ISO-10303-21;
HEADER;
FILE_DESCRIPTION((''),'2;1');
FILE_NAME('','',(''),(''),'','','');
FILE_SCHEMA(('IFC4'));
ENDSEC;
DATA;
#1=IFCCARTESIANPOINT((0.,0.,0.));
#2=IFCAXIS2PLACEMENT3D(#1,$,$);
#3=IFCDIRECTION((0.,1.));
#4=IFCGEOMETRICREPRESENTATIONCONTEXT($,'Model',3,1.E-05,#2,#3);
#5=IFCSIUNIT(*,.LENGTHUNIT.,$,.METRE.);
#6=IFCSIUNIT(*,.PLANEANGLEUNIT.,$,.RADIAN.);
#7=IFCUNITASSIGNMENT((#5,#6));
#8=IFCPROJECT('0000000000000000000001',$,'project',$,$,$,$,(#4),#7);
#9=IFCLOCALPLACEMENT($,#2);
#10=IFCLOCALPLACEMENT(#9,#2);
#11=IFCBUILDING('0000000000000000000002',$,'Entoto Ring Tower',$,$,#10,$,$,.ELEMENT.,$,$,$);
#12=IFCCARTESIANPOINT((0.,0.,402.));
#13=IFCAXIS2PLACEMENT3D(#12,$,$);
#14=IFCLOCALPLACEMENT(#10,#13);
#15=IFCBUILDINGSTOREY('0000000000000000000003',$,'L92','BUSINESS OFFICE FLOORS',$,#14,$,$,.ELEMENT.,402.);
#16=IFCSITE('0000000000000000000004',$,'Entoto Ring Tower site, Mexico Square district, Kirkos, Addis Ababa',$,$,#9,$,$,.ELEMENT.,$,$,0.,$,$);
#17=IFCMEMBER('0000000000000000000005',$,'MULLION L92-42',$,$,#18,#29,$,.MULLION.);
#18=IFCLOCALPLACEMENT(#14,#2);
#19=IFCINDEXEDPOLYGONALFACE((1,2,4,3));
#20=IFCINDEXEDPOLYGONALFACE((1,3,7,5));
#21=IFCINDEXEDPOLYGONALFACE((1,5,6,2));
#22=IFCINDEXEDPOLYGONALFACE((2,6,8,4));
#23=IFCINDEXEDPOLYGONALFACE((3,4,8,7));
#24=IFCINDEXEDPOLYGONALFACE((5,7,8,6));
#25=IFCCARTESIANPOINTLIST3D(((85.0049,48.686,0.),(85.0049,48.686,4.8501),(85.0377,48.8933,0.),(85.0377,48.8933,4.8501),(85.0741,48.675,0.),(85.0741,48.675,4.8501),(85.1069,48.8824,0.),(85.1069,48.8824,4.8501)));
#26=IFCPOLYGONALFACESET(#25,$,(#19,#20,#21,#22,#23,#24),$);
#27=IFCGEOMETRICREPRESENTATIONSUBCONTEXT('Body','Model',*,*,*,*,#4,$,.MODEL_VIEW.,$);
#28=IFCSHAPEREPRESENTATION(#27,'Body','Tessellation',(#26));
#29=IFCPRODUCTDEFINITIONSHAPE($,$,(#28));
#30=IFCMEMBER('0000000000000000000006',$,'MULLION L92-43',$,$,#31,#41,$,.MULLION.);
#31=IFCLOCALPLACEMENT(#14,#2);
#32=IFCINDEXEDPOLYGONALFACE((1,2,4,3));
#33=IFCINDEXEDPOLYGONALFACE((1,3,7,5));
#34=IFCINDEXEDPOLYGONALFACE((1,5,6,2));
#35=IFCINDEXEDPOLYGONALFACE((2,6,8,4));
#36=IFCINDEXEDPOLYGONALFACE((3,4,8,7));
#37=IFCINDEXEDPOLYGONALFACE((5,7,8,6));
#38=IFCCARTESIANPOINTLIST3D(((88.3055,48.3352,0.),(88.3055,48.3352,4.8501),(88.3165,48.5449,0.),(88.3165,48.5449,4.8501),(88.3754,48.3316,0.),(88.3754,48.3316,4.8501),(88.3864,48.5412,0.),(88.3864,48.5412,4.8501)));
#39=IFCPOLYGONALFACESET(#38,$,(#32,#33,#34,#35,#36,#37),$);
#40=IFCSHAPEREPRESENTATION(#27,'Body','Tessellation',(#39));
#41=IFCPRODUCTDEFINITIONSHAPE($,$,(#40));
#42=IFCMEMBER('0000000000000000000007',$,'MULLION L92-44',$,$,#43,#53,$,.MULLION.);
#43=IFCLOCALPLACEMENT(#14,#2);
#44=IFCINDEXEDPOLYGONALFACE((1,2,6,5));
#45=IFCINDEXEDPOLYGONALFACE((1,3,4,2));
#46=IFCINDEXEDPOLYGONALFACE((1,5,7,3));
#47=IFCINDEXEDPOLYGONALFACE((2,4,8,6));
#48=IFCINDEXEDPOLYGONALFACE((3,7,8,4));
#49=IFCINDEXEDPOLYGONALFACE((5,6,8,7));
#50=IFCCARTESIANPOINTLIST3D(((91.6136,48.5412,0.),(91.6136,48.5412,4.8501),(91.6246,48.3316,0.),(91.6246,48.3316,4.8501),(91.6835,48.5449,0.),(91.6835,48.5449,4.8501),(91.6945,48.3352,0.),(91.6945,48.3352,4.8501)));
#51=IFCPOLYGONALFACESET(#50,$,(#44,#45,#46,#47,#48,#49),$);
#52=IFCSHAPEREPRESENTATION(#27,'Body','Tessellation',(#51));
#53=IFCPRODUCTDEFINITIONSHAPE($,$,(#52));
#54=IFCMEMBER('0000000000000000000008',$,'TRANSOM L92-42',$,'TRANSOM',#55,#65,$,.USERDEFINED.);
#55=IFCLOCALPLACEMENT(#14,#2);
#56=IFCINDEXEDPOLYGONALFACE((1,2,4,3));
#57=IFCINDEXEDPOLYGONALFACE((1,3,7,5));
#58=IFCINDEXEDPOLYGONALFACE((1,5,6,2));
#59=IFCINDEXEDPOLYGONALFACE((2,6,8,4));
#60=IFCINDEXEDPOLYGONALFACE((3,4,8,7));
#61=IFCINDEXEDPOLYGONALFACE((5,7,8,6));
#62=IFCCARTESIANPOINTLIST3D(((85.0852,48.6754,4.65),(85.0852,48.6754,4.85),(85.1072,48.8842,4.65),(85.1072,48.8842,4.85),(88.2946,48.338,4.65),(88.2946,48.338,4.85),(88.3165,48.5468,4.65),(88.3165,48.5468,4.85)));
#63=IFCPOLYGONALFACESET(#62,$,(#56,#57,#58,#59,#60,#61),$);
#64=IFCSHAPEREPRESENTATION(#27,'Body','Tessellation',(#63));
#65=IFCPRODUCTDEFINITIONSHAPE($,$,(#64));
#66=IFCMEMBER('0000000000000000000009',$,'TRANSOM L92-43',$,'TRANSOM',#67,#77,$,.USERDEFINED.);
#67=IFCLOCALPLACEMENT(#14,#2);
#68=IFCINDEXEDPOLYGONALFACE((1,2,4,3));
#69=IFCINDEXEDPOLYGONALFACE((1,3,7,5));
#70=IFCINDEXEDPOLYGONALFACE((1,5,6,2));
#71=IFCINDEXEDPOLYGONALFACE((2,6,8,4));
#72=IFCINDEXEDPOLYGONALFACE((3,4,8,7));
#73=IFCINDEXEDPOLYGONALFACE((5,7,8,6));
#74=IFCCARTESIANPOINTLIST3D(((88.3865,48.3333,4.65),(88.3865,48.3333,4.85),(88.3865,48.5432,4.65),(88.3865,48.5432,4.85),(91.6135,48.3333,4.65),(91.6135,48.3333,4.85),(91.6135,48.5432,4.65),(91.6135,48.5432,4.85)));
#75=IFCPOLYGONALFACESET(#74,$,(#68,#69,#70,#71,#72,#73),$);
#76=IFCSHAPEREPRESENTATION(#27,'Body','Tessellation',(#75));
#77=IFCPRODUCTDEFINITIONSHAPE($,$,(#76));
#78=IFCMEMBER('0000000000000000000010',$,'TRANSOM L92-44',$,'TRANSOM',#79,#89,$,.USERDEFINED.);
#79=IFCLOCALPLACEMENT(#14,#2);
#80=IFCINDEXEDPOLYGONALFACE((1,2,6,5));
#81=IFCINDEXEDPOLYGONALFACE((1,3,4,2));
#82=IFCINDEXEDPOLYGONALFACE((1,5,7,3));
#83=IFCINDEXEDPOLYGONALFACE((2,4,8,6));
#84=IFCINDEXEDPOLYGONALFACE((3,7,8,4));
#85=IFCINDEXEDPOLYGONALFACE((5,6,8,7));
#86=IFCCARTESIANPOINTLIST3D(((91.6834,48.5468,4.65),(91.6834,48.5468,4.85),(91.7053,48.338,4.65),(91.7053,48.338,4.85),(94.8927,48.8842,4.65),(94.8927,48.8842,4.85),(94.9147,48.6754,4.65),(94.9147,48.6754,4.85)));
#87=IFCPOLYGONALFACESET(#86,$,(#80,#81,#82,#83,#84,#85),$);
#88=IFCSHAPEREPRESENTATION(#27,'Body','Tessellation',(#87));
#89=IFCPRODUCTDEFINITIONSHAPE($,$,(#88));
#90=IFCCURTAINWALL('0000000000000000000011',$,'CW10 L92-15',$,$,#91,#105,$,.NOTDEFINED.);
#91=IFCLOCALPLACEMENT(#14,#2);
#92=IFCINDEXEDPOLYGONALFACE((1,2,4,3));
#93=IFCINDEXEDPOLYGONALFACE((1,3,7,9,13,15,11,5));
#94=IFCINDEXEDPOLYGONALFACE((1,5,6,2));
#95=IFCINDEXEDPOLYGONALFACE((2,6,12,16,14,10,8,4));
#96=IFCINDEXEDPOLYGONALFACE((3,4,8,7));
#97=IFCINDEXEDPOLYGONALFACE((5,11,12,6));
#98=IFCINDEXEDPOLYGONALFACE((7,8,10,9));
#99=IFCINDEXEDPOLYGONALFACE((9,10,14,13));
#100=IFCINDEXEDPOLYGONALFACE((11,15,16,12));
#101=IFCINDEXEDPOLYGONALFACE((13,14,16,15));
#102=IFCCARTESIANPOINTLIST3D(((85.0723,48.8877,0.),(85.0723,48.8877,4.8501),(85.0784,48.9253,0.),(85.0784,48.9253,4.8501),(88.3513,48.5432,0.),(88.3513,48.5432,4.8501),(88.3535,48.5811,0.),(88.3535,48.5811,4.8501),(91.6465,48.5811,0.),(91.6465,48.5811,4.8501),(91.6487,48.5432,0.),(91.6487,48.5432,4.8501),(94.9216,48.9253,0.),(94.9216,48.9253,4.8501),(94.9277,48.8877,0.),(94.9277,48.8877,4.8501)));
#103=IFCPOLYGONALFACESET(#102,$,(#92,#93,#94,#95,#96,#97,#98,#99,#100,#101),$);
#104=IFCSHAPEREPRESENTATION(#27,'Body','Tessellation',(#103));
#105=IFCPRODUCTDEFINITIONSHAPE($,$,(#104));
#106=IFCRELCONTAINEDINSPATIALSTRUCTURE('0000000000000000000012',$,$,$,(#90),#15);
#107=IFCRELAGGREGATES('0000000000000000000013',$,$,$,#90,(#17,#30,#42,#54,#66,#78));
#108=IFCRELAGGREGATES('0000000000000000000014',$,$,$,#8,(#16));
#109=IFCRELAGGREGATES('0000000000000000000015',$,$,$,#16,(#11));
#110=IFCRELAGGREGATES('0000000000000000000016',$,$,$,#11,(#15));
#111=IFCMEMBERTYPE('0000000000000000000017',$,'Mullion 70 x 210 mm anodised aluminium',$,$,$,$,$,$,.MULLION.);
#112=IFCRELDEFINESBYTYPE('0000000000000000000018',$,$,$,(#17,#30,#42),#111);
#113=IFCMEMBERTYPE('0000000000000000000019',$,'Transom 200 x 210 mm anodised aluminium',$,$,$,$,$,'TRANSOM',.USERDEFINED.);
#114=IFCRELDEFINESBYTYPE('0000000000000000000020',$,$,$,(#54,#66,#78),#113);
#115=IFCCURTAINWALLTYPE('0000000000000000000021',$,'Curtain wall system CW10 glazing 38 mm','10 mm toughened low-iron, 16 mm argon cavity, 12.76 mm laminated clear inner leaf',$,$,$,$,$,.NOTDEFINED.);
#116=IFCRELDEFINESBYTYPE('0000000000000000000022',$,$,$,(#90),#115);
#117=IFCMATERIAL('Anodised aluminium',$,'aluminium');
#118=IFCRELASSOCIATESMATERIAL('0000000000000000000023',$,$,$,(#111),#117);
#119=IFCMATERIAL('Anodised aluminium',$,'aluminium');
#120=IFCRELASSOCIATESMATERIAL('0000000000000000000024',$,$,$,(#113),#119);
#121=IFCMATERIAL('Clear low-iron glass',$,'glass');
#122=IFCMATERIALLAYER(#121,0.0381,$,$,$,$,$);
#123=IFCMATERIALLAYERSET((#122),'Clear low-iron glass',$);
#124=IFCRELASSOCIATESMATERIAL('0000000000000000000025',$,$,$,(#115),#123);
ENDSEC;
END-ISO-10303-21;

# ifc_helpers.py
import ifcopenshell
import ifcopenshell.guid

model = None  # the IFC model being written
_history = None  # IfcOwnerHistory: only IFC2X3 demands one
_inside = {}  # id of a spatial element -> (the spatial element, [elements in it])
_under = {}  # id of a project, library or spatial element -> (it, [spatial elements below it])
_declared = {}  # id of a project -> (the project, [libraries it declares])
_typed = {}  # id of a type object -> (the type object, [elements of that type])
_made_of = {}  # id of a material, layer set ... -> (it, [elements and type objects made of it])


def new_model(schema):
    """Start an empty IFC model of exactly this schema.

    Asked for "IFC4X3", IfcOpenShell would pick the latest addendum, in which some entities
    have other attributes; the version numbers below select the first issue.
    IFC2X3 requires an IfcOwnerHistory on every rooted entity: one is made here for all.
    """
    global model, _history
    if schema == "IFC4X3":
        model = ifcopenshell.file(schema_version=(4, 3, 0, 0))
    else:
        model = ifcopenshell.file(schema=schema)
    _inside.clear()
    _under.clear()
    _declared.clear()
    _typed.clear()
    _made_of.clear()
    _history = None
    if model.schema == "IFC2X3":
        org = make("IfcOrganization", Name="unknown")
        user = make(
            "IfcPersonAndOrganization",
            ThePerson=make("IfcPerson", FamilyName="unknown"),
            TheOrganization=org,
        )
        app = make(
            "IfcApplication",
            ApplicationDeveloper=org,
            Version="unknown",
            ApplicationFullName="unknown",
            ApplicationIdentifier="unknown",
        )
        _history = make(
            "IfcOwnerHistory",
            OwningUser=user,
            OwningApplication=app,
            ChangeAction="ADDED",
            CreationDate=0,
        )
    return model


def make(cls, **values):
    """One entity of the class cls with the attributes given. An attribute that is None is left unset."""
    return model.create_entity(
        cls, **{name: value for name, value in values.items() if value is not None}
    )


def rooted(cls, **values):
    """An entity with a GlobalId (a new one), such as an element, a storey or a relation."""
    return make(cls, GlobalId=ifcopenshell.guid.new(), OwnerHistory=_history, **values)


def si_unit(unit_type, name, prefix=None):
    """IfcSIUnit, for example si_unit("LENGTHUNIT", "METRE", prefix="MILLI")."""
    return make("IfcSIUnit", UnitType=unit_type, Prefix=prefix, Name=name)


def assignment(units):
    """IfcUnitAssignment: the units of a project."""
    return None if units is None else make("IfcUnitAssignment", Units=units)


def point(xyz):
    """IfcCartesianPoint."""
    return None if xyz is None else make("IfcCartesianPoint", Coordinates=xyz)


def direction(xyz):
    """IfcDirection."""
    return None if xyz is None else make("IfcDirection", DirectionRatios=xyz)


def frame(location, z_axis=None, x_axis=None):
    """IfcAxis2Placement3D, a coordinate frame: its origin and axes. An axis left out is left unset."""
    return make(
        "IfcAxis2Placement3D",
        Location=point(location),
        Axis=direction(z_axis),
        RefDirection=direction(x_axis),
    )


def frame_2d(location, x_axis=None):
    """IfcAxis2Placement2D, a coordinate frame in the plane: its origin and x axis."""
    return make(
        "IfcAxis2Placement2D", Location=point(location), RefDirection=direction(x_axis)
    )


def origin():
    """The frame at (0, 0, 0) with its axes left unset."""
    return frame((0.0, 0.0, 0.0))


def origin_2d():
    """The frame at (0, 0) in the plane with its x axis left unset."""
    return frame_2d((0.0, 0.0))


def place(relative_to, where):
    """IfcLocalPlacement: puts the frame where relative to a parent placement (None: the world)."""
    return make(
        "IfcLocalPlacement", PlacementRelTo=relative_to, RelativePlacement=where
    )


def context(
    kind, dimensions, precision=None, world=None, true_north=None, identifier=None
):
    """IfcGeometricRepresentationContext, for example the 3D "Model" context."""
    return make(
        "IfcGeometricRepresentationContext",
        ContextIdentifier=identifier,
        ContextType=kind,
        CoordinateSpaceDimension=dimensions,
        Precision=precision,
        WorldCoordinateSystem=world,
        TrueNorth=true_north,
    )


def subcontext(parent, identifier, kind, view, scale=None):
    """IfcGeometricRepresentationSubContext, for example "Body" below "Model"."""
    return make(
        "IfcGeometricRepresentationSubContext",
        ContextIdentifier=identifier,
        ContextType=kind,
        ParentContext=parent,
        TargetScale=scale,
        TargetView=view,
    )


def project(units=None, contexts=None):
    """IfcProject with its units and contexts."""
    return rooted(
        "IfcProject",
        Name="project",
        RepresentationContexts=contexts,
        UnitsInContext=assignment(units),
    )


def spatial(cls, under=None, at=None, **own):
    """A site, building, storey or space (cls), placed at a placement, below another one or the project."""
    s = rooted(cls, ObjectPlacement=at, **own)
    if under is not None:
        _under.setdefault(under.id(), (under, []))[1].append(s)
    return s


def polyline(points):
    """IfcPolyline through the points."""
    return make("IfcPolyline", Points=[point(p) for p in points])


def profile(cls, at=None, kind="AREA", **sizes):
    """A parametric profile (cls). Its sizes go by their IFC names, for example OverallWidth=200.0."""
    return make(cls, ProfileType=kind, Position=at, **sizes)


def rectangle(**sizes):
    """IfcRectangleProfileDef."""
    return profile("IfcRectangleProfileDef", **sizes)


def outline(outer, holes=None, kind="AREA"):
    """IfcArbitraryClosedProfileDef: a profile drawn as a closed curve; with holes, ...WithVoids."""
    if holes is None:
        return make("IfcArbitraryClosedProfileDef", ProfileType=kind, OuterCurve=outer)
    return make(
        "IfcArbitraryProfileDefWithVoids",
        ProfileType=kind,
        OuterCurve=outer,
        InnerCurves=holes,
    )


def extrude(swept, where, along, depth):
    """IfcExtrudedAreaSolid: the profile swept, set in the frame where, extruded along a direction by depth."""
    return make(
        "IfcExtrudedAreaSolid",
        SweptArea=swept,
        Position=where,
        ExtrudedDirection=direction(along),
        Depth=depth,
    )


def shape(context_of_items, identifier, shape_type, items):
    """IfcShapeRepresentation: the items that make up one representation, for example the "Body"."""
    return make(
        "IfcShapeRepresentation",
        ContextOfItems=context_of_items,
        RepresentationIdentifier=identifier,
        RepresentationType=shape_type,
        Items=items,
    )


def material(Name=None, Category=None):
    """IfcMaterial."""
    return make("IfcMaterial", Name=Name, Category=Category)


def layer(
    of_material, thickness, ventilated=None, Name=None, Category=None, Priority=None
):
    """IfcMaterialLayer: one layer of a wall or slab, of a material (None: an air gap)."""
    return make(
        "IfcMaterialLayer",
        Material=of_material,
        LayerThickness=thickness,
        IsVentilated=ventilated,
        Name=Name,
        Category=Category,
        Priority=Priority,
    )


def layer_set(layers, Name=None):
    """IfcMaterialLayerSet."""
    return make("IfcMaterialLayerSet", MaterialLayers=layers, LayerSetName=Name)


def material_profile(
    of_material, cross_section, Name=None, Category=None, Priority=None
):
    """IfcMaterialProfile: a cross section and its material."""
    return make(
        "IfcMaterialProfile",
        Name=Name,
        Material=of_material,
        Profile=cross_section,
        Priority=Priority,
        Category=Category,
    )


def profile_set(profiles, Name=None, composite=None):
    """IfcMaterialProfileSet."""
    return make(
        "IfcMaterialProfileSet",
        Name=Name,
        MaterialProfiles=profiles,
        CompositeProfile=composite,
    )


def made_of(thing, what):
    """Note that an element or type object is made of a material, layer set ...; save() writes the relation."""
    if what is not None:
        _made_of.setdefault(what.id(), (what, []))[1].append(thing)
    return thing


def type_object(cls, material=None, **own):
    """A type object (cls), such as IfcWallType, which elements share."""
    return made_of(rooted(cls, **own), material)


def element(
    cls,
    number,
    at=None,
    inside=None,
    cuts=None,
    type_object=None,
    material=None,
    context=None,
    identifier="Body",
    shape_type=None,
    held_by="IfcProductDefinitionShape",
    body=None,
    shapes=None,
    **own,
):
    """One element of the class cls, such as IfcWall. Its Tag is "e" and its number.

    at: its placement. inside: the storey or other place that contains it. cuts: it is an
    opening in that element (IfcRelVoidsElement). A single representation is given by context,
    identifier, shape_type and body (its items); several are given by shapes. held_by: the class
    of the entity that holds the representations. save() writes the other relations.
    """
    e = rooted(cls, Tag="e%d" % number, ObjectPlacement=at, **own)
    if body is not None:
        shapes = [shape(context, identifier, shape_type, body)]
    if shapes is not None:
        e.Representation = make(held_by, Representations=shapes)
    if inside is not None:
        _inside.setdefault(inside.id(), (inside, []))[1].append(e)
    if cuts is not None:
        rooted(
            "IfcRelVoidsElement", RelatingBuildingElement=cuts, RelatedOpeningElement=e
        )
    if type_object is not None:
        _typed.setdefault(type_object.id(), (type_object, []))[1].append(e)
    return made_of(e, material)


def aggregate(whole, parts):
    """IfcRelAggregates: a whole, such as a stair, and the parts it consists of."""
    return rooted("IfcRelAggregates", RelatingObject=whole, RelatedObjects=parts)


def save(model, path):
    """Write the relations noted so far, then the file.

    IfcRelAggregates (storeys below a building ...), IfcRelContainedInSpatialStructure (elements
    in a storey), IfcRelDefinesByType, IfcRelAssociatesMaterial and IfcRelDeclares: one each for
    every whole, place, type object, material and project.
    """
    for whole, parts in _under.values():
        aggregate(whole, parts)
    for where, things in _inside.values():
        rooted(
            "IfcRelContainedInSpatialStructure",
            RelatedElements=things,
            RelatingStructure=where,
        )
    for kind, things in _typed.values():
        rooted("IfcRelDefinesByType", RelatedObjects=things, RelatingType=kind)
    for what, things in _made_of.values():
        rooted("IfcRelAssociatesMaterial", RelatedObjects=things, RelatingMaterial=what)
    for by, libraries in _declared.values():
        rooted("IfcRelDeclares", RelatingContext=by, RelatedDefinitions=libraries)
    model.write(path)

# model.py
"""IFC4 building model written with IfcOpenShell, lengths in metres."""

from ifc_helpers import new_model, si_unit, direction, frame, origin, origin_2d, place, context, subcontext, project, spatial, polyline, rectangle, outline, extrude, material, layer, layer_set, material_profile, profile_set, type_object, element, aggregate, save


model = new_model("IFC4")

# Units and contexts
model_context = context("Model", 3, precision=1e-05, world=origin(), true_north=direction((0.0, 1.0)))
body_context = subcontext(model_context, "Body", "Model", "MODEL_VIEW")
ifc_project = project(units=[si_unit("LENGTHUNIT", "METRE"), si_unit("PLANEANGLEUNIT", "RADIAN")], contexts=[model_context])

# Members
ifc_material_1 = material(Name="Anodised aluminium", Category="aluminium")
ifc_material_profile_1 = material_profile(ifc_material_1, rectangle(XDim=0.0701, YDim=0.21, at=origin_2d()), Name="Mullion 70 x 210 mm anodised aluminium")
ifc_profile_set_1 = profile_set([ifc_material_profile_1], Name="Anodised aluminium")
member_type_1 = type_object("IfcMemberType", Name="Mullion 70 x 210 mm anodised aluminium", PredefinedType="MULLION", material=ifc_profile_set_1)
site_placement = place(None, origin())
building_placement = place(site_placement, origin())
storey_placement = place(building_placement, frame((0.0, 0.0, 402.0)))
member_1_placement = place(storey_placement, frame((85.0559, 48.7842, 0.0), z_axis=(0.0, 0.0, 1.0), x_axis=(0.987688, -0.156434, 0.0)))
member_1 = element("IfcMember", 1, at=member_1_placement, type_object=member_type_1, Name="MULLION L92-42", PredefinedType="MULLION", context=body_context, shape_type="SweptSolid", body=[
    extrude(rectangle(XDim=0.0701, YDim=0.21, at=origin_2d()), origin(), (0.0, 0.0, 1.0), 4.8501),
])
member_2_placement = place(storey_placement, frame((88.3459, 48.4382, 0.0), z_axis=(0.0, 0.0, 1.0), x_axis=(0.99863, -0.052336, 0.0)))
member_2 = element("IfcMember", 2, at=member_2_placement, type_object=member_type_1, Name="MULLION L92-43", PredefinedType="MULLION", context=body_context, shape_type="SweptSolid", body=[
    extrude(rectangle(XDim=0.0701, YDim=0.21, at=origin_2d()), origin(), (0.0, 0.0, 1.0), 4.8501),
])
member_3_placement = place(storey_placement, frame((91.6541, 48.4382, 0.0), z_axis=(0.0, 0.0, 1.0), x_axis=(0.99863, 0.052336, 0.0)))
member_3 = element("IfcMember", 3, at=member_3_placement, type_object=member_type_1, Name="MULLION L92-44", PredefinedType="MULLION", context=body_context, shape_type="SweptSolid", body=[
    extrude(rectangle(XDim=0.0701, YDim=0.21, at=origin_2d()), origin(), (0.0, 0.0, 1.0), 4.8501),
])
ifc_material_2 = material(Name="Anodised aluminium", Category="aluminium")
ifc_material_profile_2 = material_profile(ifc_material_2, rectangle(XDim=0.21, YDim=0.2, at=origin_2d()), Name="Transom 200 x 210 mm anodised aluminium")
ifc_profile_set_2 = profile_set([ifc_material_profile_2], Name="Anodised aluminium")
member_type_2 = type_object("IfcMemberType", Name="Transom 200 x 210 mm anodised aluminium", ElementType="TRANSOM", PredefinedType="USERDEFINED", material=ifc_profile_set_2)
member_4_placement = place(storey_placement, frame((85.0962, 48.7798, 4.75), z_axis=(0.99452, -0.104551, 0.0), x_axis=(0.104551, 0.99452, 0.0)))
member_4 = element("IfcMember", 4, at=member_4_placement, type_object=member_type_2, Name="TRANSOM L92-42", ObjectType="TRANSOM", PredefinedType="USERDEFINED", context=body_context, shape_type="SweptSolid", body=[
    extrude(rectangle(XDim=0.21, YDim=0.2, at=origin_2d()), origin(), (0.0, 0.0, 1.0), 3.2271),
])
member_5_placement = place(storey_placement, frame((88.3865, 48.4382, 4.75), z_axis=(1.0, 0.0, 0.0), x_axis=(0.0, 1.0, 0.0)))
member_5 = element("IfcMember", 5, at=member_5_placement, type_object=member_type_2, Name="TRANSOM L92-43", ObjectType="TRANSOM", PredefinedType="USERDEFINED", context=body_context, shape_type="SweptSolid", body=[
    extrude(rectangle(XDim=0.21, YDim=0.2, at=origin_2d()), origin(), (0.0, 0.0, 1.0), 3.2271),
])
member_6_placement = place(storey_placement, frame((91.6943, 48.4424, 4.75), z_axis=(0.99452, 0.104551, 0.0), x_axis=(-0.104551, 0.99452, 0.0)))
member_6 = element("IfcMember", 6, at=member_6_placement, type_object=member_type_2, Name="TRANSOM L92-44", ObjectType="TRANSOM", PredefinedType="USERDEFINED", context=body_context, shape_type="SweptSolid", body=[
    extrude(rectangle(XDim=0.21, YDim=0.2, at=origin_2d()), origin(), (0.0, 0.0, 1.0), 3.2271),
])

# Site, building, storey
site = spatial("IfcSite", under=ifc_project, at=site_placement, Name="Entoto Ring Tower site, Mexico Square district, Kirkos, Addis Ababa", CompositionType="ELEMENT", RefElevation=0.0)
building = spatial("IfcBuilding", under=site, at=building_placement, Name="Entoto Ring Tower", CompositionType="ELEMENT")
storey = spatial("IfcBuildingStorey", under=building, at=storey_placement, Name="L92", Description="BUSINESS OFFICE FLOORS", CompositionType="ELEMENT", Elevation=402.0)

# Curtain wall
ifc_material_3 = material(Name="Clear low-iron glass", Category="glass")
ifc_layer = layer(ifc_material_3, 0.0381)
ifc_layer_set = layer_set([ifc_layer], Name="Clear low-iron glass")
curtain_wall_type = type_object("IfcCurtainWallType", Name="Curtain wall system CW10 glazing 38 mm", Description="10 mm toughened low-iron, 16 mm argon cavity, 12.76 mm laminated clear inner leaf", PredefinedType="NOTDEFINED", material=ifc_layer_set)
curtain_wall_1_placement = place(storey_placement, origin())
curtain_wall_1 = element("IfcCurtainWall", 7, at=curtain_wall_1_placement, inside=storey, type_object=curtain_wall_type, Name="CW10 L92-15", PredefinedType="NOTDEFINED", context=body_context, shape_type="SweptSolid", body=[
    extrude(outline(polyline([(85.0723, 48.8877), (88.3513, 48.5432), (91.6487, 48.5432), (94.9277, 48.8877), (94.9216, 48.9253), (91.6465, 48.5811), (88.3535, 48.5811), (85.0784, 48.9253), (85.0723, 48.8877)])), origin(), (0.0, 0.0, 1.0), 4.8501),
])
aggregate(curtain_wall_1, [member_1, member_2, member_3, member_4, member_5, member_6])

save(model, "model.ifc")
